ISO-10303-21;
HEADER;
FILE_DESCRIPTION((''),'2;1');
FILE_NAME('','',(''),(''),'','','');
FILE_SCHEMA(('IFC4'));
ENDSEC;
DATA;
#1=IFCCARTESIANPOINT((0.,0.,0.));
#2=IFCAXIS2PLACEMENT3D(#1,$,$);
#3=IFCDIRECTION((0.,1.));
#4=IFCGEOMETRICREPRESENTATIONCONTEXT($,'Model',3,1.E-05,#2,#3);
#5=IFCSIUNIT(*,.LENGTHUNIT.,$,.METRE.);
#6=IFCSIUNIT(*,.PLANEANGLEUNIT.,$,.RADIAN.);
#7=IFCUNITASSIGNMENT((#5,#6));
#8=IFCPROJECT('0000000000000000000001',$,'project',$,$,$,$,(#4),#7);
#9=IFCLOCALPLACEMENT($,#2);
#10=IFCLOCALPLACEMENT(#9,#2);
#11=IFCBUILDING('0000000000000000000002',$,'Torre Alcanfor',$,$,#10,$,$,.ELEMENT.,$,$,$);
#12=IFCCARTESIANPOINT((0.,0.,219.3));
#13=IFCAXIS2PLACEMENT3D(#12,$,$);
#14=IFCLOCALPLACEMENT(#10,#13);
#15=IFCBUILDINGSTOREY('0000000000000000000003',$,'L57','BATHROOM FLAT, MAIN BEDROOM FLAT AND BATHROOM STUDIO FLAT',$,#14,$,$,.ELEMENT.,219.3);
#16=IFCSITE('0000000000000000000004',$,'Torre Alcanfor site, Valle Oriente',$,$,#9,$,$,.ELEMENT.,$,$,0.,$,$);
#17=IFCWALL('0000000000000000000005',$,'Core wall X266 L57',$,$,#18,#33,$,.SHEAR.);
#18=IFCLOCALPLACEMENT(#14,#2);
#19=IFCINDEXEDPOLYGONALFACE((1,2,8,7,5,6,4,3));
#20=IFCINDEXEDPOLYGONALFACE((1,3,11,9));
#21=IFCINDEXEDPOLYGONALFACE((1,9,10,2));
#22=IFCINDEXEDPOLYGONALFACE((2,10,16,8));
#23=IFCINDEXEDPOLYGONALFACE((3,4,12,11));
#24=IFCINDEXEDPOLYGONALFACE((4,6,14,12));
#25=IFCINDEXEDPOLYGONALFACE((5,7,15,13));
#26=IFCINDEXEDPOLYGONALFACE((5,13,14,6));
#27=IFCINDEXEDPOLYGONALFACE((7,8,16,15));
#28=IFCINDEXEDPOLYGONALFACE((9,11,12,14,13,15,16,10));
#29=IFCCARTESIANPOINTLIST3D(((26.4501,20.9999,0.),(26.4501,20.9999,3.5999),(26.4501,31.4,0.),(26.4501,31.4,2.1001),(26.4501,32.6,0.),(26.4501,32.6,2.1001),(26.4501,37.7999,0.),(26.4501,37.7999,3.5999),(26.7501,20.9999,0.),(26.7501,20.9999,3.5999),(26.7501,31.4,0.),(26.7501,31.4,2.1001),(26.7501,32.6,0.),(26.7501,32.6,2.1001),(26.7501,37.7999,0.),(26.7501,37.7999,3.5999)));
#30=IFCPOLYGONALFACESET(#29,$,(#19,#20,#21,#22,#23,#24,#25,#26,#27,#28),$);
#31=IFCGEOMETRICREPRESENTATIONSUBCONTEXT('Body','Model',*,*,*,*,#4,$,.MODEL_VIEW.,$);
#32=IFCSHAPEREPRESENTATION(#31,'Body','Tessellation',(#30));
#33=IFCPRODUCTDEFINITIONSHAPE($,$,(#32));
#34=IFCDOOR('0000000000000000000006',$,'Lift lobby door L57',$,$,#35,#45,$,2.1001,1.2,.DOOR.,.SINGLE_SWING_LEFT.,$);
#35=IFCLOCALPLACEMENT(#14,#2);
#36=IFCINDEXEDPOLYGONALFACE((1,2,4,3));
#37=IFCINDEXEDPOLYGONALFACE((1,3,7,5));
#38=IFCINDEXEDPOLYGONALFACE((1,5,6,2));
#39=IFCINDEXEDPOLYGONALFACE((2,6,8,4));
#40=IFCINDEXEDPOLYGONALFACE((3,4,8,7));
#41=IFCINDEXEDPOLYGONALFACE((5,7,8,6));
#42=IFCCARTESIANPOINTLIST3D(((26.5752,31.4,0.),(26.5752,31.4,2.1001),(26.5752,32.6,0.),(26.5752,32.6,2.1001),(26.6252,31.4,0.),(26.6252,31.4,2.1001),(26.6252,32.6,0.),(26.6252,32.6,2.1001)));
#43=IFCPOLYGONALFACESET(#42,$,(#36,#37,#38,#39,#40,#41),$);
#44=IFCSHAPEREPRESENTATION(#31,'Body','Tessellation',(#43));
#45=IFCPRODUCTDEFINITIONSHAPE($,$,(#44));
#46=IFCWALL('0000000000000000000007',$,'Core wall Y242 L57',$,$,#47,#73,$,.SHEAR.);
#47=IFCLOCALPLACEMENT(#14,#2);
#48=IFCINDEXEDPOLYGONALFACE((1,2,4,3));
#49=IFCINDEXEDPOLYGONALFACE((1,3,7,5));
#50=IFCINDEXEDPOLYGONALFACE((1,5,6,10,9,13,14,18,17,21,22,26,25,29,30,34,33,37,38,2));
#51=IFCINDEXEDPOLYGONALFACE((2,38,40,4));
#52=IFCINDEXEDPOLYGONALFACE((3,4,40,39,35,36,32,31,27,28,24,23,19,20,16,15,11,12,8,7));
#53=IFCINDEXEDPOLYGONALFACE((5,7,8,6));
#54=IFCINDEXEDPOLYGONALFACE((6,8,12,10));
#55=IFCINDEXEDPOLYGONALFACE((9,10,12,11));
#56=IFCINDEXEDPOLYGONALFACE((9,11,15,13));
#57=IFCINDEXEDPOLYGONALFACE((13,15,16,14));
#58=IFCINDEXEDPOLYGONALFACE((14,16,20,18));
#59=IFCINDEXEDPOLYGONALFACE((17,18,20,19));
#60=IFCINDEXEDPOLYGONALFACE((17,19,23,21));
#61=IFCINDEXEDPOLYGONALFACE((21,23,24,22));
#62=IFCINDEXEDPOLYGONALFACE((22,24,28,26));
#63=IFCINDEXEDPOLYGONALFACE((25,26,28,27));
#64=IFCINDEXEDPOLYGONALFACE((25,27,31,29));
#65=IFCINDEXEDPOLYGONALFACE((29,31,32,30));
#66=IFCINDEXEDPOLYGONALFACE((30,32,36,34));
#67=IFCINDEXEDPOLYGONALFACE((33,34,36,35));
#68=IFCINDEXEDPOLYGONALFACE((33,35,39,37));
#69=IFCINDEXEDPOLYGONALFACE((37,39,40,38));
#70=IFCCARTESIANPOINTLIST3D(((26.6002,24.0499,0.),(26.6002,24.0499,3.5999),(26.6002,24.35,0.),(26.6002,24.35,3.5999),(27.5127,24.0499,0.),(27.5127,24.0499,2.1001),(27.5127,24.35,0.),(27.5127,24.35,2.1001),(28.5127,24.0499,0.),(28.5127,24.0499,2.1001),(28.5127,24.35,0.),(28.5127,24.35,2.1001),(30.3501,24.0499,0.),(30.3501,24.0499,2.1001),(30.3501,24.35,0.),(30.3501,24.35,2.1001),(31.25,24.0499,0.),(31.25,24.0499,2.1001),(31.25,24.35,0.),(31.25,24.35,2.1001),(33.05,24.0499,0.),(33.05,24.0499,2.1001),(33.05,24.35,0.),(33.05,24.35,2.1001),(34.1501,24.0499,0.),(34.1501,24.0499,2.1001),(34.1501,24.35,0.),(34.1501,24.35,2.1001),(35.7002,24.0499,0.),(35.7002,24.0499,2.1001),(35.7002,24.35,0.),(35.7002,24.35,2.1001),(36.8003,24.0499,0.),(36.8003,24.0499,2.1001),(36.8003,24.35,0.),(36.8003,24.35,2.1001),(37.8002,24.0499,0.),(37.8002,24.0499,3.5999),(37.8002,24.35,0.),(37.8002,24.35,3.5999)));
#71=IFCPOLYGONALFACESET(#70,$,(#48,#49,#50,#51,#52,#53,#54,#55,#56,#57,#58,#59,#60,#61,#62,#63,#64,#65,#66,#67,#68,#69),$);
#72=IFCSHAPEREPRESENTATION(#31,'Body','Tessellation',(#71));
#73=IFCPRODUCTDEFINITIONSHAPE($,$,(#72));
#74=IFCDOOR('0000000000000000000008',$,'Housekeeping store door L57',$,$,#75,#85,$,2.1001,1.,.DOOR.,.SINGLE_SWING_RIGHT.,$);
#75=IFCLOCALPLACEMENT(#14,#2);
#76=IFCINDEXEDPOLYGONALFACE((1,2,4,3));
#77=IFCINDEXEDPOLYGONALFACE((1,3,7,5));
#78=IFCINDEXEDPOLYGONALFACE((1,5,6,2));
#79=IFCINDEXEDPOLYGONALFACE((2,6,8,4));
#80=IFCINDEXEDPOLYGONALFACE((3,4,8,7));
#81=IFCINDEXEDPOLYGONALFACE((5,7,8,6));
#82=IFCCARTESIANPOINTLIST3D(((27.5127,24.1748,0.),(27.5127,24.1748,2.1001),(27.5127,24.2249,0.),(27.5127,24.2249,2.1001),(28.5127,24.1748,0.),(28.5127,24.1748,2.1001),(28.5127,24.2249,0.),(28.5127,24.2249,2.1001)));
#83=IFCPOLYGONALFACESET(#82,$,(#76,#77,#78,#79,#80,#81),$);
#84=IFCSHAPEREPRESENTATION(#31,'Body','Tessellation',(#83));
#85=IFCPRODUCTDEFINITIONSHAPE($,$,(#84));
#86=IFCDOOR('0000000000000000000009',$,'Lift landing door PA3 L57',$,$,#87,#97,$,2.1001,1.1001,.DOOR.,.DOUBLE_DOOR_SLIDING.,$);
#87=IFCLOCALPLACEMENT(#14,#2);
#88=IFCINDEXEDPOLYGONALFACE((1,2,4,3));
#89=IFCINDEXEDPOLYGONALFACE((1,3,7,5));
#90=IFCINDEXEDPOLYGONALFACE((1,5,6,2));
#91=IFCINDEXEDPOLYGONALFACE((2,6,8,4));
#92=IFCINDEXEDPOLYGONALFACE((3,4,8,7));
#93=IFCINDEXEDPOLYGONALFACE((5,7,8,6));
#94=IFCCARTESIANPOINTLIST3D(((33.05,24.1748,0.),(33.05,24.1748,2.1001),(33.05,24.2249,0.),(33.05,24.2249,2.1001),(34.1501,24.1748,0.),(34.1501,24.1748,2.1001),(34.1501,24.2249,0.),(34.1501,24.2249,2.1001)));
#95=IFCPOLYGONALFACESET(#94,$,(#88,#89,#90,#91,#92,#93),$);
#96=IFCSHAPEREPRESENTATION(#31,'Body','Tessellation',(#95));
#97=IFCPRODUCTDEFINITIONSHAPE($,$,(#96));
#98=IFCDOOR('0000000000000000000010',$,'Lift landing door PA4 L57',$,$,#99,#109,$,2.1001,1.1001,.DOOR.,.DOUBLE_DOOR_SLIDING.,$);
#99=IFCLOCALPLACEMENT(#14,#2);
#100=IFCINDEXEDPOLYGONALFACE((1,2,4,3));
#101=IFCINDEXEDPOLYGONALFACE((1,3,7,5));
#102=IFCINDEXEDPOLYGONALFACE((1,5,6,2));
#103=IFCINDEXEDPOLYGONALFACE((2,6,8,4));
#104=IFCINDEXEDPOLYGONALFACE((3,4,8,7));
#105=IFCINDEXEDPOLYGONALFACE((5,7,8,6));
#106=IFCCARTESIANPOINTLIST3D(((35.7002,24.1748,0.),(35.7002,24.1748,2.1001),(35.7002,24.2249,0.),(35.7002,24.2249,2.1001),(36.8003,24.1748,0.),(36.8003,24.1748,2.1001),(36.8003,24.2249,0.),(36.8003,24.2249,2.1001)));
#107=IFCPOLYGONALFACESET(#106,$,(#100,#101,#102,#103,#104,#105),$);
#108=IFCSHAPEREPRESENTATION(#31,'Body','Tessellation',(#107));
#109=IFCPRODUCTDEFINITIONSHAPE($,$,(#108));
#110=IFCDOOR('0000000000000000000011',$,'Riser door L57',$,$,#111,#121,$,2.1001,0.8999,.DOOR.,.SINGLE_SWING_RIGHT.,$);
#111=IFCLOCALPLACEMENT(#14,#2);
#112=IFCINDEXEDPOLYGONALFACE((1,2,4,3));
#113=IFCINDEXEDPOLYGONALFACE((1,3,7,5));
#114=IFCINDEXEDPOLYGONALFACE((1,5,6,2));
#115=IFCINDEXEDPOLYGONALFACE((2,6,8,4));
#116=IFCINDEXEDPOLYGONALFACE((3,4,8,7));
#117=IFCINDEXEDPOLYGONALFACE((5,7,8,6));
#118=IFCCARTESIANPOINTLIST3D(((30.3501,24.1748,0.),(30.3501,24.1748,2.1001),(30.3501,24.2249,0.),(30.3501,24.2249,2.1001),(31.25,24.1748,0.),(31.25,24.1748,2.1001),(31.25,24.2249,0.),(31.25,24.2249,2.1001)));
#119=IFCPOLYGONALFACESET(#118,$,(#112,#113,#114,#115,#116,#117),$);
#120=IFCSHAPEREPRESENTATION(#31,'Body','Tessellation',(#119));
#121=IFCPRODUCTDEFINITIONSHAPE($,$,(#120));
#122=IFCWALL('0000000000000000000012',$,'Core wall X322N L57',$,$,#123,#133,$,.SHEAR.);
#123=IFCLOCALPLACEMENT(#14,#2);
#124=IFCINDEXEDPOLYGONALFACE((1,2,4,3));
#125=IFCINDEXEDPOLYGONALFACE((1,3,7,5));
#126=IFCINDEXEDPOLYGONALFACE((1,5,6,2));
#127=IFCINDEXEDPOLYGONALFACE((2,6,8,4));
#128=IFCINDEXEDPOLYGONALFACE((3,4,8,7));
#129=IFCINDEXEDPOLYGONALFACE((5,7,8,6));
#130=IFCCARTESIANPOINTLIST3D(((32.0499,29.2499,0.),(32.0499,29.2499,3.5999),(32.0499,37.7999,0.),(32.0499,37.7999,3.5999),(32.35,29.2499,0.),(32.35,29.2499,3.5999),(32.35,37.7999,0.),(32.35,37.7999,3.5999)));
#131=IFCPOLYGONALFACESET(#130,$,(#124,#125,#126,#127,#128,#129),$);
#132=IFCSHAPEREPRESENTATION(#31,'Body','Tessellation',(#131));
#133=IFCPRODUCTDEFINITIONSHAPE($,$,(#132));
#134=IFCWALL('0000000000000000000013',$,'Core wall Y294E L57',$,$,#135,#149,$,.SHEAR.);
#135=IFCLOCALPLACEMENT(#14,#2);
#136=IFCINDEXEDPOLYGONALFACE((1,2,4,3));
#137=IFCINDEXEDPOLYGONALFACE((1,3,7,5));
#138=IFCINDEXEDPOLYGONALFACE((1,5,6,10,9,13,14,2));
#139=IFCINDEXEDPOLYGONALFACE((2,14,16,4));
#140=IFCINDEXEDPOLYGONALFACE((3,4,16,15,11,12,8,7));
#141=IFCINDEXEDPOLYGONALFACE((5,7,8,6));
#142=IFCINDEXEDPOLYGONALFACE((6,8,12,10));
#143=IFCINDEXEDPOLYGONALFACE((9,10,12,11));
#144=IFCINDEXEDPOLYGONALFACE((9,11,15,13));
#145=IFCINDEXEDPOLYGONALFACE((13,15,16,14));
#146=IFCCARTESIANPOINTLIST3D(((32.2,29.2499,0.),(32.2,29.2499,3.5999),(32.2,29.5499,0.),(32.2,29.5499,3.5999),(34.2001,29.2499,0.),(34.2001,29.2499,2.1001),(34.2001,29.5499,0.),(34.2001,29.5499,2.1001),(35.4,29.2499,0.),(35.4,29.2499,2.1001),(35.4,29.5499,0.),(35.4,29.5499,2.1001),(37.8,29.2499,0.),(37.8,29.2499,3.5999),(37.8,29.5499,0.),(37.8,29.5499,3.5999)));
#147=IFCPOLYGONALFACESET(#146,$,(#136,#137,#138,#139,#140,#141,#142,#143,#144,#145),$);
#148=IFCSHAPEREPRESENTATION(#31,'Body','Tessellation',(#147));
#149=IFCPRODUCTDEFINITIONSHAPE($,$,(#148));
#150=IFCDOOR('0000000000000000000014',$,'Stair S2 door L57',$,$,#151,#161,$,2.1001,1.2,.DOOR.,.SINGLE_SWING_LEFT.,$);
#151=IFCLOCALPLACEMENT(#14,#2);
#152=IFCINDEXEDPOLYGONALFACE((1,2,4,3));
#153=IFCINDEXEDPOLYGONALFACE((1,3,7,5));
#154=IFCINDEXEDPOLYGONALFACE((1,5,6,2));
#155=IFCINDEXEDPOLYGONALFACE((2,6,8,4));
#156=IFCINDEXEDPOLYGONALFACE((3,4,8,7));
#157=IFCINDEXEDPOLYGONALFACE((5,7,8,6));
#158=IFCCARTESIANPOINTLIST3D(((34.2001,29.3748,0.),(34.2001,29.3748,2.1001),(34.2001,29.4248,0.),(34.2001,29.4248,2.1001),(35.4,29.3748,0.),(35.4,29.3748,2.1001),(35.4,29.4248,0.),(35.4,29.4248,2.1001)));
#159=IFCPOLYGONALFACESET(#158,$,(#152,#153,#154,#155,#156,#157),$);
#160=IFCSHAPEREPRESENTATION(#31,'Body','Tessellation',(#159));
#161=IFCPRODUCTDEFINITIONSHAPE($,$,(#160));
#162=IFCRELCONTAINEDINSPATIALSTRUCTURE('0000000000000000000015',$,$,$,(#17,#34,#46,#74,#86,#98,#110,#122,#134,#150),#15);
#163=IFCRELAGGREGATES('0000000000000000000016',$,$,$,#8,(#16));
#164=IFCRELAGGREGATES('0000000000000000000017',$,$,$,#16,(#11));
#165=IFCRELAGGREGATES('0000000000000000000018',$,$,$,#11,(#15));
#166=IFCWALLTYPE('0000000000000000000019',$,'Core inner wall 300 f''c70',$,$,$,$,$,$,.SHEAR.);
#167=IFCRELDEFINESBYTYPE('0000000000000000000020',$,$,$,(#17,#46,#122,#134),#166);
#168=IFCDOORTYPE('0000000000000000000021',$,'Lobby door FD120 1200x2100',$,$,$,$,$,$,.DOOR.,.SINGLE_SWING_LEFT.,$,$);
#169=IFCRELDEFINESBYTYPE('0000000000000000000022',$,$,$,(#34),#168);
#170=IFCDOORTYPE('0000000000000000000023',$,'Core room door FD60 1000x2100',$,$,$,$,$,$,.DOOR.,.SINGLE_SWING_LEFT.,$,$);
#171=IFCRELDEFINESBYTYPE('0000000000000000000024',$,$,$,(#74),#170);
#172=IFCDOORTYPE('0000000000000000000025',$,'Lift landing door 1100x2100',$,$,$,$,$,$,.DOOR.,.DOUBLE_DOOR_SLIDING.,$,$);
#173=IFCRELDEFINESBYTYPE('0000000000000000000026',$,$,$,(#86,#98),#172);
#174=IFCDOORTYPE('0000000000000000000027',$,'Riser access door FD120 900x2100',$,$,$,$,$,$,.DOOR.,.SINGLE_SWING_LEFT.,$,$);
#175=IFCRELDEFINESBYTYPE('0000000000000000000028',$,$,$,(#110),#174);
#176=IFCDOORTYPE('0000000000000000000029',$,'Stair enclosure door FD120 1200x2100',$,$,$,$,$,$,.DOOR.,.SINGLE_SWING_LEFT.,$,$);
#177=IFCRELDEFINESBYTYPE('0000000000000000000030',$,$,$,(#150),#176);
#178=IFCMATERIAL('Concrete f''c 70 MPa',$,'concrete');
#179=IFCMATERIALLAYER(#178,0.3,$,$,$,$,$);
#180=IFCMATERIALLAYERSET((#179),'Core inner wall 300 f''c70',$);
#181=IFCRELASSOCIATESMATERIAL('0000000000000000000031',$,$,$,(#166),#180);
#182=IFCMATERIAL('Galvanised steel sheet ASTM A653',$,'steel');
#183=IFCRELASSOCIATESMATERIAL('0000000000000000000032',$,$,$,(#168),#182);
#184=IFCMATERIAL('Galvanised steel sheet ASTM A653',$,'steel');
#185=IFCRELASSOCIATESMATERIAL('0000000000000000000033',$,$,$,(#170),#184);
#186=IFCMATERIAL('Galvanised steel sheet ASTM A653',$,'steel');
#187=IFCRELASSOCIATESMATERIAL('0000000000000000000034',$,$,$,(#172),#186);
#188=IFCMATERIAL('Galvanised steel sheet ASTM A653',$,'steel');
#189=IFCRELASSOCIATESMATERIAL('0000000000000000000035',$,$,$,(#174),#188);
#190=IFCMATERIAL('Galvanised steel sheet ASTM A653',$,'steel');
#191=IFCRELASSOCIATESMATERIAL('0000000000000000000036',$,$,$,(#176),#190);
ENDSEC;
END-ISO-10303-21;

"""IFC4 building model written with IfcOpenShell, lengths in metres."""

from ifc_helpers import new_model, si_unit, direction, frame, frame_2d, origin, place, context, subcontext, project, spatial, rectangle, extrude, material, layer, layer_set, type_object, element, fill, save


model = new_model("IFC4")

# Units and contexts
model_context = context("Model", 3, precision=1e-05, world=origin(), true_north=direction((0.0, 1.0)))
body_context = subcontext(model_context, "Body", "Model", "MODEL_VIEW")
ifc_project = project(units=[si_unit("LENGTHUNIT", "METRE"), si_unit("PLANEANGLEUNIT", "RADIAN")], contexts=[model_context])

# Site, building, storey
site_placement = place(None, origin())
site = spatial("IfcSite", under=ifc_project, at=site_placement, Name="Torre Alcanfor site, Valle Oriente", CompositionType="ELEMENT", RefElevation=0.0)
building_placement = place(site_placement, origin())
building = spatial("IfcBuilding", under=site, at=building_placement, Name="Torre Alcanfor", CompositionType="ELEMENT")
storey_placement = place(building_placement, frame((0.0, 0.0, 219.3)))
storey = spatial("IfcBuildingStorey", under=building, at=storey_placement, Name="L57", Description="BATHROOM FLAT, MAIN BEDROOM FLAT AND BATHROOM STUDIO FLAT", CompositionType="ELEMENT", Elevation=219.3)

# Wall, opening, door
ifc_material_1 = material(Name="Concrete f'c 70 MPa", Category="concrete")
ifc_layer_1 = layer(ifc_material_1, 0.3)
ifc_layer_set_1 = layer_set([ifc_layer_1], Name="Core inner wall 300 f'c70")
wall_type_1 = type_object("IfcWallType", Name="Core inner wall 300 f'c70", PredefinedType="SHEAR", material=ifc_layer_set_1)
wall_1_placement = place(storey_placement, frame((26.6001, 21.0, 0.0), z_axis=(0.0, 0.0, 1.0), x_axis=(0.0, 1.0, 0.0)))
wall_1 = element("IfcWall", 1, at=wall_1_placement, inside=storey, type_object=wall_type_1, Name="Core wall X266 L57", PredefinedType="SHEAR", context=body_context, shape_type="SweptSolid", body=[
    extrude(rectangle(XDim=16.8, YDim=0.3, at=frame_2d((8.3999, 0.0))), origin(), (0.0, 0.0, 1.0), 3.5999),
])
opening_1_placement = place(wall_1_placement, frame((10.3999, 0.0, 0.0)))
opening_1 = element("IfcOpeningElement", 2, at=opening_1_placement, cuts=wall_1, PredefinedType="OPENING", context=body_context, shape_type="SweptSolid", body=[
    extrude(rectangle(XDim=1.2, YDim=2.1001, at=frame_2d((0.6001, 1.05))), frame((0.0, 0.1599, 0.0), z_axis=(0.0, -1.0, 0.0), x_axis=(1.0, 0.0, 0.0)), (0.0, 0.0, 1.0), 0.3201),
])
ifc_material_2 = material(Name="Galvanised steel sheet ASTM A653", Category="steel")
door_type_1 = type_object("IfcDoorType", Name="Lobby door FD120 1200x2100", OperationType="SINGLE_SWING_LEFT", PredefinedType="DOOR", material=ifc_material_2)
door_1_placement = place(opening_1_placement, origin())
door_1 = element("IfcDoor", 3, at=door_1_placement, inside=storey, type_object=door_type_1, Name="Lift lobby door L57", OperationType="SINGLE_SWING_LEFT", OverallHeight=2.1001, OverallWidth=1.2, PredefinedType="DOOR", context=body_context, shape_type="SweptSolid", body=[
    extrude(rectangle(XDim=1.2, YDim=2.1001, at=frame_2d((0.6001, 1.05))), frame((0.0, 0.0249, 0.0), z_axis=(0.0, -1.0, 0.0), x_axis=(1.0, 0.0, 0.0)), (0.0, 0.0, 1.0), 0.05),
])
fill(opening_1, door_1)

# Wall, openings, doors
wall_2_placement = place(storey_placement, frame((26.6001, 24.2, 0.0), z_axis=(0.0, 0.0, 1.0), x_axis=(1.0, 0.0, 0.0)))
wall_2 = element("IfcWall", 4, at=wall_2_placement, inside=storey, type_object=wall_type_1, Name="Core wall Y242 L57", PredefinedType="SHEAR", context=body_context, shape_type="SweptSolid", body=[
    extrude(rectangle(XDim=11.2, YDim=0.3, at=frame_2d((5.6001, 0.0))), origin(), (0.0, 0.0, 1.0), 3.5999),
])
opening_2_placement = place(wall_2_placement, frame((0.9126, 0.0, 0.0)))
opening_2 = element("IfcOpeningElement", 5, at=opening_2_placement, cuts=wall_2, PredefinedType="OPENING", context=body_context, shape_type="SweptSolid", body=[
    extrude(rectangle(XDim=1.0, YDim=2.1001, at=frame_2d((0.5, 1.05))), frame((0.0, 0.1599, 0.0), z_axis=(0.0, -1.0, 0.0), x_axis=(1.0, 0.0, 0.0)), (0.0, 0.0, 1.0), 0.3201),
])
opening_3_placement = place(wall_2_placement, frame((3.75, 0.0, 0.0)))
opening_3 = element("IfcOpeningElement", 6, at=opening_3_placement, cuts=wall_2, PredefinedType="OPENING", context=body_context, shape_type="SweptSolid", body=[
    extrude(rectangle(XDim=0.8999, YDim=2.1001, at=frame_2d((0.45, 1.05))), frame((0.0, 0.1599, 0.0), z_axis=(0.0, -1.0, 0.0), x_axis=(1.0, 0.0, 0.0)), (0.0, 0.0, 1.0), 0.3201),
])
opening_4_placement = place(wall_2_placement, frame((6.45, 0.0, 0.0)))
opening_4 = element("IfcOpeningElement", 7, at=opening_4_placement, cuts=wall_2, PredefinedType="OPENING", context=body_context, shape_type="SweptSolid", body=[
    extrude(rectangle(XDim=1.1001, YDim=2.1001, at=frame_2d((0.55, 1.05))), frame((0.0, 0.1599, 0.0), z_axis=(0.0, -1.0, 0.0), x_axis=(1.0, 0.0, 0.0)), (0.0, 0.0, 1.0), 0.3201),
])
opening_5_placement = place(wall_2_placement, frame((9.1001, 0.0, 0.0)))
opening_5 = element("IfcOpeningElement", 8, at=opening_5_placement, cuts=wall_2, PredefinedType="OPENING", context=body_context, shape_type="SweptSolid", body=[
    extrude(rectangle(XDim=1.1001, YDim=2.1001, at=frame_2d((0.55, 1.05))), frame((0.0, 0.1599, 0.0), z_axis=(0.0, -1.0, 0.0), x_axis=(1.0, 0.0, 0.0)), (0.0, 0.0, 1.0), 0.3201),
])
ifc_material_3 = material(Name="Galvanised steel sheet ASTM A653", Category="steel")
door_type_2 = type_object("IfcDoorType", Name="Core room door FD60 1000x2100", OperationType="SINGLE_SWING_LEFT", PredefinedType="DOOR", material=ifc_material_3)
door_2_placement = place(opening_2_placement, frame((1.0, 0.0, 0.0), z_axis=(0.0, 0.0, 1.0), x_axis=(-1.0, 0.0, 0.0)))
door_2 = element("IfcDoor", 9, at=door_2_placement, inside=storey, type_object=door_type_2, Name="Housekeeping store door L57", OperationType="SINGLE_SWING_RIGHT", OverallHeight=2.1001, OverallWidth=1.0, PredefinedType="DOOR", context=body_context, shape_type="SweptSolid", body=[
    extrude(rectangle(XDim=1.0, YDim=2.1001, at=frame_2d((0.5, 1.05))), frame((0.0, 0.0251, 0.0), z_axis=(0.0, -1.0, 0.0), x_axis=(1.0, 0.0, 0.0)), (0.0, 0.0, 1.0), 0.05),
])
fill(opening_2, door_2)
ifc_material_4 = material(Name="Galvanised steel sheet ASTM A653", Category="steel")
door_type_3 = type_object("IfcDoorType", Name="Lift landing door 1100x2100", OperationType="DOUBLE_DOOR_SLIDING", PredefinedType="DOOR", material=ifc_material_4)
door_3_placement = place(opening_4_placement, origin())
door_3 = element("IfcDoor", 10, at=door_3_placement, inside=storey, type_object=door_type_3, Name="Lift landing door PA3 L57", OperationType="DOUBLE_DOOR_SLIDING", OverallHeight=2.1001, OverallWidth=1.1001, PredefinedType="DOOR", context=body_context, shape_type="SweptSolid", body=[
    extrude(rectangle(XDim=1.1001, YDim=2.1001, at=frame_2d((0.55, 1.05))), frame((0.0, 0.0249, 0.0), z_axis=(0.0, -1.0, 0.0), x_axis=(1.0, 0.0, 0.0)), (0.0, 0.0, 1.0), 0.05),
])
fill(opening_4, door_3)
door_4_placement = place(opening_5_placement, origin())
door_4 = element("IfcDoor", 11, at=door_4_placement, inside=storey, type_object=door_type_3, Name="Lift landing door PA4 L57", OperationType="DOUBLE_DOOR_SLIDING", OverallHeight=2.1001, OverallWidth=1.1001, PredefinedType="DOOR", context=body_context, shape_type="SweptSolid", body=[
    extrude(rectangle(XDim=1.1001, YDim=2.1001, at=frame_2d((0.55, 1.05))), frame((0.0, 0.0249, 0.0), z_axis=(0.0, -1.0, 0.0), x_axis=(1.0, 0.0, 0.0)), (0.0, 0.0, 1.0), 0.05),
])
fill(opening_5, door_4)
ifc_material_5 = material(Name="Galvanised steel sheet ASTM A653", Category="steel")
door_type_4 = type_object("IfcDoorType", Name="Riser access door FD120 900x2100", OperationType="SINGLE_SWING_LEFT", PredefinedType="DOOR", material=ifc_material_5)
door_5_placement = place(opening_3_placement, frame((0.8999, 0.0, 0.0), z_axis=(0.0, 0.0, 1.0), x_axis=(-1.0, 0.0, 0.0)))
door_5 = element("IfcDoor", 12, at=door_5_placement, inside=storey, type_object=door_type_4, Name="Riser door L57", OperationType="SINGLE_SWING_RIGHT", OverallHeight=2.1001, OverallWidth=0.8999, PredefinedType="DOOR", context=body_context, shape_type="SweptSolid", body=[
    extrude(rectangle(XDim=0.8999, YDim=2.1001, at=frame_2d((0.45, 1.05))), frame((0.0, 0.0251, 0.0), z_axis=(0.0, -1.0, 0.0), x_axis=(1.0, 0.0, 0.0)), (0.0, 0.0, 1.0), 0.05),
])
fill(opening_3, door_5)

# Wall
wall_3_placement = place(storey_placement, frame((32.2, 29.25, 0.0), z_axis=(0.0, 0.0, 1.0), x_axis=(0.0, 1.0, 0.0)))
element("IfcWall", 13, at=wall_3_placement, inside=storey, type_object=wall_type_1, Name="Core wall X322N L57", PredefinedType="SHEAR", context=body_context, shape_type="SweptSolid", body=[
    extrude(rectangle(XDim=8.55, YDim=0.3, at=frame_2d((4.2749, 0.0))), origin(), (0.0, 0.0, 1.0), 3.5999),
])

# Wall, opening, door
wall_4_placement = place(storey_placement, frame((32.2, 29.3999, 0.0), z_axis=(0.0, 0.0, 1.0), x_axis=(1.0, 0.0, 0.0)))
wall_4 = element("IfcWall", 14, at=wall_4_placement, inside=storey, type_object=wall_type_1, Name="Core wall Y294E L57", PredefinedType="SHEAR", context=body_context, shape_type="SweptSolid", body=[
    extrude(rectangle(XDim=5.6001, YDim=0.3, at=frame_2d((2.8, 0.0))), origin(), (0.0, 0.0, 1.0), 3.5999),
])
opening_6_placement = place(wall_4_placement, frame((2.0, 0.0, 0.0)))
opening_6 = element("IfcOpeningElement", 15, at=opening_6_placement, cuts=wall_4, PredefinedType="OPENING", context=body_context, shape_type="SweptSolid", body=[
    extrude(rectangle(XDim=1.2, YDim=2.1001, at=frame_2d((0.6001, 1.05))), frame((0.0, 0.1599, 0.0), z_axis=(0.0, -1.0, 0.0), x_axis=(1.0, 0.0, 0.0)), (0.0, 0.0, 1.0), 0.3201),
])
ifc_material_6 = material(Name="Galvanised steel sheet ASTM A653", Category="steel")
door_type_5 = type_object("IfcDoorType", Name="Stair enclosure door FD120 1200x2100", OperationType="SINGLE_SWING_LEFT", PredefinedType="DOOR", material=ifc_material_6)
door_6_placement = place(opening_6_placement, origin())
door_6 = element("IfcDoor", 16, at=door_6_placement, inside=storey, type_object=door_type_5, Name="Stair S2 door L57", OperationType="SINGLE_SWING_LEFT", OverallHeight=2.1001, OverallWidth=1.2, PredefinedType="DOOR", context=body_context, shape_type="SweptSolid", body=[
    extrude(rectangle(XDim=1.2, YDim=2.1001, at=frame_2d((0.6001, 1.05))), frame((0.0, 0.0249, 0.0), z_axis=(0.0, -1.0, 0.0), x_axis=(1.0, 0.0, 0.0)), (0.0, 0.0, 1.0), 0.05),
])
fill(opening_6, door_6)

save(model, "model.ifc")
